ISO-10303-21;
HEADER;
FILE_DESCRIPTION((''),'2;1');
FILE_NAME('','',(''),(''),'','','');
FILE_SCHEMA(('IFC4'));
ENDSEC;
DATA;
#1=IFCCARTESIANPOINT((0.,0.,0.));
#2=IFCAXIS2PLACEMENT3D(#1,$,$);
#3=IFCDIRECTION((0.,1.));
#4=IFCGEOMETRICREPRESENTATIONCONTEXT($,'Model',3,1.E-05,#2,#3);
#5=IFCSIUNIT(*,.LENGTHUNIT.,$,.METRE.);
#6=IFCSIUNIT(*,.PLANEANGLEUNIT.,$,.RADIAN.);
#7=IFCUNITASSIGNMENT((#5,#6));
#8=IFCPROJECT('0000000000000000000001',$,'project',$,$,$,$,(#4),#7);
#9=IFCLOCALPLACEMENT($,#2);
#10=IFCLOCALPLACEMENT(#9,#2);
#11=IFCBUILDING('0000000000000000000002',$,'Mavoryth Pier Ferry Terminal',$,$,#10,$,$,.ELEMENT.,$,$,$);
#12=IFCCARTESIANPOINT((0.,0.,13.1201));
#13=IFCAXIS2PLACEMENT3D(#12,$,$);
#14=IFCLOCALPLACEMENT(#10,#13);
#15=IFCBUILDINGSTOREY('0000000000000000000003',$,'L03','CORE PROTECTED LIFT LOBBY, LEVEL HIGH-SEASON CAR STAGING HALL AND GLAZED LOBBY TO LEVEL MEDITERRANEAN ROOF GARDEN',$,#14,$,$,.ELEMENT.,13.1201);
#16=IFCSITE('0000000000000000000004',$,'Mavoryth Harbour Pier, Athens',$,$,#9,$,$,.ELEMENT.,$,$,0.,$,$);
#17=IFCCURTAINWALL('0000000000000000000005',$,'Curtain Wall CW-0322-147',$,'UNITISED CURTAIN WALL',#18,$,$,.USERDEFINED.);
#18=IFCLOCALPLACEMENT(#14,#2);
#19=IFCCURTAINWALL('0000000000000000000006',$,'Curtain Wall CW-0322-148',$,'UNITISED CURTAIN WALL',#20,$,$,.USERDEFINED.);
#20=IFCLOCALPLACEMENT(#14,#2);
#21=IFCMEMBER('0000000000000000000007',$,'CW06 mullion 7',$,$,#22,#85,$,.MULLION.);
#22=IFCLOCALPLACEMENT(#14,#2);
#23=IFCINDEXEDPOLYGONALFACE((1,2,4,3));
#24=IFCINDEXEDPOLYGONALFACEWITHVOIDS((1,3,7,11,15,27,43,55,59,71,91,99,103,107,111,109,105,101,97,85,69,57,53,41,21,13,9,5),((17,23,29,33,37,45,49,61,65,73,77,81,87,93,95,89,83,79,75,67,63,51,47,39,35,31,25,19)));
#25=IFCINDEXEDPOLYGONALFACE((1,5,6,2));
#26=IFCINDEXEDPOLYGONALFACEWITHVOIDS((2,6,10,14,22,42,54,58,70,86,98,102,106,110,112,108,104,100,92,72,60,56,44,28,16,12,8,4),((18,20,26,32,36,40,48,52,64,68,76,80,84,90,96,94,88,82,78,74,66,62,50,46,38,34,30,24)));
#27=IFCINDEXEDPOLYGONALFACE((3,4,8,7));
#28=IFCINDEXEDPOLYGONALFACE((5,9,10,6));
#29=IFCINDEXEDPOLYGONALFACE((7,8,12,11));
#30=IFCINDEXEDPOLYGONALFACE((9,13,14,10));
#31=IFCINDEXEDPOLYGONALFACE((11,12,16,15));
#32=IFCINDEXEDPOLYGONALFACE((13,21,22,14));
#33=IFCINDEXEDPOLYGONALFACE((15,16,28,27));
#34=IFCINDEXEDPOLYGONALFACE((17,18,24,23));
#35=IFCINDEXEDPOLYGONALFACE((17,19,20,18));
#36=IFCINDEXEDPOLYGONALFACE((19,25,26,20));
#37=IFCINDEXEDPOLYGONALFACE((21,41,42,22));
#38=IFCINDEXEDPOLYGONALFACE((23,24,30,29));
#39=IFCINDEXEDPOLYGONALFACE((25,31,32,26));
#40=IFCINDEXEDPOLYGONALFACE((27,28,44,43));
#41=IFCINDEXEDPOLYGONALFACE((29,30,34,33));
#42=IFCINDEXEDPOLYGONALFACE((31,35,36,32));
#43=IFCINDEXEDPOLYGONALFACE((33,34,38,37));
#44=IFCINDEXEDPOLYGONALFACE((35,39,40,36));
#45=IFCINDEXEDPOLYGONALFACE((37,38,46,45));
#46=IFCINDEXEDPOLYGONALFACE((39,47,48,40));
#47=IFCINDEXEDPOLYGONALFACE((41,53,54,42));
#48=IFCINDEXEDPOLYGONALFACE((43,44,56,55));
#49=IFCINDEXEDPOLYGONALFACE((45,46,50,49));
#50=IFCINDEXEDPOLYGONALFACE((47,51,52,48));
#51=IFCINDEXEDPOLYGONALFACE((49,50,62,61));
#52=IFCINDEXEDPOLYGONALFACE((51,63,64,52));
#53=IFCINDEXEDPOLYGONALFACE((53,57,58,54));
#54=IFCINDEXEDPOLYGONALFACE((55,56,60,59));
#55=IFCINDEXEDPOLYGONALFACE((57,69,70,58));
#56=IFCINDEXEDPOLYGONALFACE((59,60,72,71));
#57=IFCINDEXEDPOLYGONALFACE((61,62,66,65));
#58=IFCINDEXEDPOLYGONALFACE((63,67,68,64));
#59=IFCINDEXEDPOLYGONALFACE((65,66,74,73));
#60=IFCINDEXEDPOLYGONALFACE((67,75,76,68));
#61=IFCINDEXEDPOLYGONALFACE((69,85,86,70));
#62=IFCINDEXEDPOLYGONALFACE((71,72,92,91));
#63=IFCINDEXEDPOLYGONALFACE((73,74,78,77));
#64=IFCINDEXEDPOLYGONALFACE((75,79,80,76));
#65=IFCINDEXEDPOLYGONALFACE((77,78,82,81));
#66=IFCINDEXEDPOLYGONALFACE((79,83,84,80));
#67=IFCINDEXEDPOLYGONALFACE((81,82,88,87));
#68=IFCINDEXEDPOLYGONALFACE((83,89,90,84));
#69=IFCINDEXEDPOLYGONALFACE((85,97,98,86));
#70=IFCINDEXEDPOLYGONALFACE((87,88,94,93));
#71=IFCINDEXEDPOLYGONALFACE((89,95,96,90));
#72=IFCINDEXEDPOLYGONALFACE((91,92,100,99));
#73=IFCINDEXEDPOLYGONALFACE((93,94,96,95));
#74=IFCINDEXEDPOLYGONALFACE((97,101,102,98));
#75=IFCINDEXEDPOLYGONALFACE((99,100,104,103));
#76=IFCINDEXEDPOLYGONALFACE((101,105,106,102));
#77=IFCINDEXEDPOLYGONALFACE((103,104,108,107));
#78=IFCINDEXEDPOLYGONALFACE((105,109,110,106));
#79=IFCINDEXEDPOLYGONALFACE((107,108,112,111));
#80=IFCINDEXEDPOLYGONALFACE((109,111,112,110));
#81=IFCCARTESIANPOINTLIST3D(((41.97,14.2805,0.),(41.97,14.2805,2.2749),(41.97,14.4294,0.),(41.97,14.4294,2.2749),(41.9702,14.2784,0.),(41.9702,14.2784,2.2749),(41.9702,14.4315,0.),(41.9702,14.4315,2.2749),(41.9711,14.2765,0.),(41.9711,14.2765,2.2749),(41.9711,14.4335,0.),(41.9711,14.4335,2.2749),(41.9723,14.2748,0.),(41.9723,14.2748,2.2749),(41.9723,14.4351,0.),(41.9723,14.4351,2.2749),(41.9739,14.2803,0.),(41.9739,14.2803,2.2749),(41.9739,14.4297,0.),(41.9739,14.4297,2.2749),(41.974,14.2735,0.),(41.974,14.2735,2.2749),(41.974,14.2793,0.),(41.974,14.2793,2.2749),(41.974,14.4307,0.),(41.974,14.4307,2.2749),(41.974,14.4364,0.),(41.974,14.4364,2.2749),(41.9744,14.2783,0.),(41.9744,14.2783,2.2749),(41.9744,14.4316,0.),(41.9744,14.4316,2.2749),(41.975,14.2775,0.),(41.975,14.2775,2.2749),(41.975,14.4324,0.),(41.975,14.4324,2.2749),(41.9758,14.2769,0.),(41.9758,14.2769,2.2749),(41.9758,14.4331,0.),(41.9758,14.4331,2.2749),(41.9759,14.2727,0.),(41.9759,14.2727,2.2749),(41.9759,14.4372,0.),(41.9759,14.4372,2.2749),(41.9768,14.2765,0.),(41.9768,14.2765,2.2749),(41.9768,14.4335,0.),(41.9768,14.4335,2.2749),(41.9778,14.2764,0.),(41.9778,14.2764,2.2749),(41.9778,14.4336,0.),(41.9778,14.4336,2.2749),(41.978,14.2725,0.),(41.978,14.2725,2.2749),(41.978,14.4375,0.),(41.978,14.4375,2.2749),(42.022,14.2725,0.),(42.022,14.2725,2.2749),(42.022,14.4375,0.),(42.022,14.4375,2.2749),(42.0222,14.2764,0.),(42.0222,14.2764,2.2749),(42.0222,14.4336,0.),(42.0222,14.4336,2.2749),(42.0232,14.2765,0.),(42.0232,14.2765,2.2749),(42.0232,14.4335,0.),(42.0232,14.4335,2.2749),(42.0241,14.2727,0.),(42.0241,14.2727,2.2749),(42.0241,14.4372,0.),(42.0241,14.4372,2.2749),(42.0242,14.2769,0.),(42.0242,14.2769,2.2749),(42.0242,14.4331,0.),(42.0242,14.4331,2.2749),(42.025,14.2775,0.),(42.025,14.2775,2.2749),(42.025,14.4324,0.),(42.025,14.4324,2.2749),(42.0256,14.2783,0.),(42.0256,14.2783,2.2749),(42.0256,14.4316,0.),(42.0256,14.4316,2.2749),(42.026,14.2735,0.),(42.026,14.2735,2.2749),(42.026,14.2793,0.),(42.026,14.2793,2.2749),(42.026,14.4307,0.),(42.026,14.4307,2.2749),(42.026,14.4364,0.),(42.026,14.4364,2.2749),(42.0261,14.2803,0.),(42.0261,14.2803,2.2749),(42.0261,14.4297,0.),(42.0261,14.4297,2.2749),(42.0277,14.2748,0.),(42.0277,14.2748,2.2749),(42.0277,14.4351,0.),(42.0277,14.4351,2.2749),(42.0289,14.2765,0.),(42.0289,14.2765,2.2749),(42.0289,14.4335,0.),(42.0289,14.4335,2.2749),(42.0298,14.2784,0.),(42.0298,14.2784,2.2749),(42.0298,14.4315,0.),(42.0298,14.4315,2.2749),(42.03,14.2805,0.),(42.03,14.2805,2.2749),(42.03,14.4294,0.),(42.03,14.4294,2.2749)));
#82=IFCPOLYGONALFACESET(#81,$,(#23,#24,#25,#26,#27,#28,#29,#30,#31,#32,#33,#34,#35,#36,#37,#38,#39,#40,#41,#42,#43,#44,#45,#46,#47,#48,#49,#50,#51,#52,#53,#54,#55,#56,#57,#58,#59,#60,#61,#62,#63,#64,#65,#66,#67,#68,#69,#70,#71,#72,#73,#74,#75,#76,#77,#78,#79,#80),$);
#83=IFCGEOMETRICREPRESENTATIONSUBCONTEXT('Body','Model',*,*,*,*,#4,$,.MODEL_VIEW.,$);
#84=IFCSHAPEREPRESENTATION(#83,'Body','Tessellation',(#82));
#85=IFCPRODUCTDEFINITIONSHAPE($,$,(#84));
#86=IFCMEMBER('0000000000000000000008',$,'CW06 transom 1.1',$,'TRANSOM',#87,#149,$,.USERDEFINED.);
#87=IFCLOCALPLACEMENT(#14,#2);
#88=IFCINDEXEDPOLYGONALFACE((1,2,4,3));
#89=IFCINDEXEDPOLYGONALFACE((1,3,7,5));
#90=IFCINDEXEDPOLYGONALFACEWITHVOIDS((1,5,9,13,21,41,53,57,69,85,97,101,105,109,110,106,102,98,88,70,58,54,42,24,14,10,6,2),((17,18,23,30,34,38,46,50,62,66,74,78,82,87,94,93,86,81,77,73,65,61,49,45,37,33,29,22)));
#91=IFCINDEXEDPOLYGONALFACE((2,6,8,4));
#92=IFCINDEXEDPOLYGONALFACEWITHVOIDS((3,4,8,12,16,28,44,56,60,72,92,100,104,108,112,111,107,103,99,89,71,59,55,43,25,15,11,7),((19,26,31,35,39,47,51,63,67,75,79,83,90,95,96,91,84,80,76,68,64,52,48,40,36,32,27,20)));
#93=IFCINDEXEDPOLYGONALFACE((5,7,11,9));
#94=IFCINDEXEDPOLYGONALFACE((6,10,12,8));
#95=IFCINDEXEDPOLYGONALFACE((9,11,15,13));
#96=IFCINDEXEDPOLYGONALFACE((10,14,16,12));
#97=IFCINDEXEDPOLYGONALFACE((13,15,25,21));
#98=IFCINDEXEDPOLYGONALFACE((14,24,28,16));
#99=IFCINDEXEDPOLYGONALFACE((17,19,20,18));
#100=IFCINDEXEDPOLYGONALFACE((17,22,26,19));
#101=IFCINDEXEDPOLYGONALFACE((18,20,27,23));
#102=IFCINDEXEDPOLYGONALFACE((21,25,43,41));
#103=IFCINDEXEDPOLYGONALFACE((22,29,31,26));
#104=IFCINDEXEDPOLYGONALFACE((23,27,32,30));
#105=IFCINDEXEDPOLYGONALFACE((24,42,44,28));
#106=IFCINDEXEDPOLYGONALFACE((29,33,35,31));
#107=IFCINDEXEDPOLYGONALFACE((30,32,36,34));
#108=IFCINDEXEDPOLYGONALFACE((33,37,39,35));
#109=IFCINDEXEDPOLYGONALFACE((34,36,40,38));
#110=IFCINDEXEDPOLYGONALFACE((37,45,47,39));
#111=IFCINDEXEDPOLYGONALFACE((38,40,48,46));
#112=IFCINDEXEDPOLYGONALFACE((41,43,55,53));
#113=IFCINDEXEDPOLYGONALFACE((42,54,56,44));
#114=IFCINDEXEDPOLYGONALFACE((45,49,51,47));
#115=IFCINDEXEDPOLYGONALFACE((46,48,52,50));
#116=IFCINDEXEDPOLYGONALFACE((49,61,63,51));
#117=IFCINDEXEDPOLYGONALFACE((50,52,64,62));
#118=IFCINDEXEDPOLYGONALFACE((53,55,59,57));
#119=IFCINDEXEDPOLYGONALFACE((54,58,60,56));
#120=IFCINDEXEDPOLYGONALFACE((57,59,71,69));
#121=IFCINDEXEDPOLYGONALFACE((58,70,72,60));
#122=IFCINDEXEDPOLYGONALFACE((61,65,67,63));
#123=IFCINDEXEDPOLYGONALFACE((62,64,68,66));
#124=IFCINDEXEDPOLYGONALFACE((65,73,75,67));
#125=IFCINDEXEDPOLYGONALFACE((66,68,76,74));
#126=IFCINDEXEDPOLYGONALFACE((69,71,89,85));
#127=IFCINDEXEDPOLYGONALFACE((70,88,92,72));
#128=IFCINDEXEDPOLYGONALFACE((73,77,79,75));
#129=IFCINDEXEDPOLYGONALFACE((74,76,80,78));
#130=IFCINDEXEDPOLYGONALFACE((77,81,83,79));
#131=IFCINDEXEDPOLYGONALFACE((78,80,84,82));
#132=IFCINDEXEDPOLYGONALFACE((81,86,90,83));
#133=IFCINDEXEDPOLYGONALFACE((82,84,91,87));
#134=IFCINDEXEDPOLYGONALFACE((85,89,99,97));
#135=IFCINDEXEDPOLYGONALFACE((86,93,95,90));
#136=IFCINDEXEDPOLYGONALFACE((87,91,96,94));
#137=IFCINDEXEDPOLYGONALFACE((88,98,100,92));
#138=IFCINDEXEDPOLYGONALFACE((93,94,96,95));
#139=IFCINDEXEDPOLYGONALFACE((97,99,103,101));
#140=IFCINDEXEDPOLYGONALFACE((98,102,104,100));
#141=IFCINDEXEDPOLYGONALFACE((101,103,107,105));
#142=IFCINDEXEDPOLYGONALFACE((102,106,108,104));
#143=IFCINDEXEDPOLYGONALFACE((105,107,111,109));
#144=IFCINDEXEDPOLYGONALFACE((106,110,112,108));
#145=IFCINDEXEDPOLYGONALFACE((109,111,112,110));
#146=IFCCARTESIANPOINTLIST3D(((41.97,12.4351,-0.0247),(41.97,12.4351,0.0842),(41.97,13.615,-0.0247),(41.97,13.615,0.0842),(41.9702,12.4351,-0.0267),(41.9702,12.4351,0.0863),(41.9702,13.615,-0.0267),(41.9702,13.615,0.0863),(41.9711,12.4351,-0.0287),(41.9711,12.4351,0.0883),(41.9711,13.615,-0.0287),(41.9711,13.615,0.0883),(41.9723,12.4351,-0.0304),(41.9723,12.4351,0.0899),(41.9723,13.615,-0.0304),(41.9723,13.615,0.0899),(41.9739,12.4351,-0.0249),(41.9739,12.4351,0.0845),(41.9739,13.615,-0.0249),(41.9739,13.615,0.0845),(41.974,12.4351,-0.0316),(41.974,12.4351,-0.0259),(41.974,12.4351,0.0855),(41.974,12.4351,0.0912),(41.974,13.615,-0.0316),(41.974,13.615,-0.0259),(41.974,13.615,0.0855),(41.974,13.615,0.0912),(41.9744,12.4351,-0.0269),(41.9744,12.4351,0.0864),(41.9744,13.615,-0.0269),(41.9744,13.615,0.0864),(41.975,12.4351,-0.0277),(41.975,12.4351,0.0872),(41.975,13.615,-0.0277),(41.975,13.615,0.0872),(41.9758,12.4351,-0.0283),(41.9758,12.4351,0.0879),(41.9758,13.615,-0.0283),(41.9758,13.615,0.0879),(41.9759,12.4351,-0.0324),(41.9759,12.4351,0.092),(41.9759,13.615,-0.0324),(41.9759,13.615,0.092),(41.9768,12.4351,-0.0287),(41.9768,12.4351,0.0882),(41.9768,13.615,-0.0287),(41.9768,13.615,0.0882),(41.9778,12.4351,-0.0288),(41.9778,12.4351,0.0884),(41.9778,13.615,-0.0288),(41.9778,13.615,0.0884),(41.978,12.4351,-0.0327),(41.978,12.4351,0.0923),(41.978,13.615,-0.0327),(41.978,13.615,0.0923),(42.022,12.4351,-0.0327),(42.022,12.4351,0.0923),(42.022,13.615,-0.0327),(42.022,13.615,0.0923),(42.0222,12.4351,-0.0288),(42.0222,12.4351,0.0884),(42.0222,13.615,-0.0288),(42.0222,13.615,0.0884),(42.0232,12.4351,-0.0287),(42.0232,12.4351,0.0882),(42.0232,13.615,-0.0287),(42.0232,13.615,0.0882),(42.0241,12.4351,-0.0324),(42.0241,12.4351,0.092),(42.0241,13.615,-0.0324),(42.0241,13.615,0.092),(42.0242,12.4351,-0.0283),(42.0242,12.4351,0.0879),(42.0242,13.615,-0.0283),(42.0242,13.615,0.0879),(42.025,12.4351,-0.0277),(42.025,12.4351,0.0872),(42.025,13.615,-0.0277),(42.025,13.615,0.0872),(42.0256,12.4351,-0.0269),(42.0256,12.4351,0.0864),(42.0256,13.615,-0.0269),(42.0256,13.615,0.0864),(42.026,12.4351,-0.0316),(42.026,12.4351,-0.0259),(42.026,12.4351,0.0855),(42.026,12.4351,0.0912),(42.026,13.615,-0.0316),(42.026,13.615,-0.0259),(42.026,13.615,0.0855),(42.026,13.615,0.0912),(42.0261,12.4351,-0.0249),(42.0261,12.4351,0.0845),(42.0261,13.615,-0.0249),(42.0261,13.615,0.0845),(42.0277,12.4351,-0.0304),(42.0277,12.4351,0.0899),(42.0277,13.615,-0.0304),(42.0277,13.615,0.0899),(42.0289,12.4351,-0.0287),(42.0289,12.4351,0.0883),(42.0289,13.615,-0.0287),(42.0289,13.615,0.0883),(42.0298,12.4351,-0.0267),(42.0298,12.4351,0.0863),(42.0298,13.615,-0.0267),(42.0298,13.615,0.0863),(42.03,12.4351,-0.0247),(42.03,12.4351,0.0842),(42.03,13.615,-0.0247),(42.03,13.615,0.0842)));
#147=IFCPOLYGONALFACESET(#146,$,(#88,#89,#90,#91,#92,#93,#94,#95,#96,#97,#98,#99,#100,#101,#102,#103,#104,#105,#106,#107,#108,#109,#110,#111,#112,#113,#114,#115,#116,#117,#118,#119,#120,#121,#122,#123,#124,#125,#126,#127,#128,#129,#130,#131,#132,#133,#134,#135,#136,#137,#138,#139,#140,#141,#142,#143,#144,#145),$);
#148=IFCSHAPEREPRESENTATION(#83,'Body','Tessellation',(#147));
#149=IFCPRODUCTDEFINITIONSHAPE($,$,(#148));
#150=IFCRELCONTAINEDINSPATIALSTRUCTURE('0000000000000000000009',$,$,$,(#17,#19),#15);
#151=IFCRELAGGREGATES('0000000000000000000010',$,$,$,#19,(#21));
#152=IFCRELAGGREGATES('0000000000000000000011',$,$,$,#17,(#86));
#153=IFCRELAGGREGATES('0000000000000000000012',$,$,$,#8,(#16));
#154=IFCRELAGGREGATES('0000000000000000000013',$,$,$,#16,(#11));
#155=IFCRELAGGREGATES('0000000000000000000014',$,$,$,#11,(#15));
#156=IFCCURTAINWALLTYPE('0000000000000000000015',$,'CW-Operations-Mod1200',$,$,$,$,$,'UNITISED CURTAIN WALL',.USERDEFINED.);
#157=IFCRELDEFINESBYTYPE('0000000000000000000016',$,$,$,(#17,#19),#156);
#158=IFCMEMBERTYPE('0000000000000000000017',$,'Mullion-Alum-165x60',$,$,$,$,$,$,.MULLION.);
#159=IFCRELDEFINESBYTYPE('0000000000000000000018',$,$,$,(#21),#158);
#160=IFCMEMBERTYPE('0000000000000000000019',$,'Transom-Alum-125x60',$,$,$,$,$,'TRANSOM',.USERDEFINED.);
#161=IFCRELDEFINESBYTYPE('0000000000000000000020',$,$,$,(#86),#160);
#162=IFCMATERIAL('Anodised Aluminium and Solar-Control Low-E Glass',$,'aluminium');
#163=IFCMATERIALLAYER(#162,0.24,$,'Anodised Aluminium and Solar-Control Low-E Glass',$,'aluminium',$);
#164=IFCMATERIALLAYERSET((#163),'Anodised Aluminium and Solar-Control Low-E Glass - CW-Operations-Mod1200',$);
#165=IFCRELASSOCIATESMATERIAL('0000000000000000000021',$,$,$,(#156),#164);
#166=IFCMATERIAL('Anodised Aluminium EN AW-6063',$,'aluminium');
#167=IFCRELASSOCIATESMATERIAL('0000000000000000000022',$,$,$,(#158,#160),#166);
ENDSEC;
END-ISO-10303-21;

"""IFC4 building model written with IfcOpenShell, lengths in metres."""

from ifc_helpers import new_model, si_unit, direction, frame, origin, origin_2d, place, context, subcontext, project, spatial, hollow_rectangle, extrude, material, layer, layer_set, material_profile, profile_set, type_object, element, aggregate, save


model = new_model("IFC4")

# Units and contexts
model_context = context("Model", 3, precision=1e-05, world=origin(), true_north=direction((0.0, 1.0)))
body_context = subcontext(model_context, "Body", "Model", "MODEL_VIEW")
ifc_project = project(units=[si_unit("LENGTHUNIT", "METRE"), si_unit("PLANEANGLEUNIT", "RADIAN")], contexts=[model_context])

# Site, building, storey
site_placement = place(None, origin())
site = spatial("IfcSite", under=ifc_project, at=site_placement, Name="Mavoryth Harbour Pier, Athens", CompositionType="ELEMENT", RefElevation=0.0)
building_placement = place(site_placement, origin())
building = spatial("IfcBuilding", under=site, at=building_placement, Name="Mavoryth Pier Ferry Terminal", CompositionType="ELEMENT")
storey_placement = place(building_placement, frame((0.0, 0.0, 13.1201)))
storey = spatial("IfcBuildingStorey", under=building, at=storey_placement, Name="L03", Description="CORE PROTECTED LIFT LOBBY, LEVEL HIGH-SEASON CAR STAGING HALL AND GLAZED LOBBY TO LEVEL MEDITERRANEAN ROOF GARDEN", CompositionType="ELEMENT", Elevation=13.1201)

# Curtain wall
ifc_material_1 = material(Name="Anodised Aluminium and Solar-Control Low-E Glass", Category="aluminium")
ifc_layer_1 = layer(ifc_material_1, 0.24, Name="Anodised Aluminium and Solar-Control Low-E Glass", Category="aluminium")
ifc_layer_set_1 = layer_set([ifc_layer_1], Name="Anodised Aluminium and Solar-Control Low-E Glass - CW-Operations-Mod1200")
curtain_wall_type = type_object("IfcCurtainWallType", Name="CW-Operations-Mod1200", ElementType="UNITISED CURTAIN WALL", PredefinedType="USERDEFINED", material=ifc_layer_set_1)
curtain_wall_1_placement = place(storey_placement, origin())
curtain_wall_1 = element("IfcCurtainWall", 1, at=curtain_wall_1_placement, inside=storey, type_object=curtain_wall_type, Name="Curtain Wall CW-0322-147", ObjectType="UNITISED CURTAIN WALL", PredefinedType="USERDEFINED")
ifc_material_2 = material(Name="Anodised Aluminium EN AW-6063", Category="aluminium")
ifc_material_profile_1 = material_profile(ifc_material_2, hollow_rectangle(XDim=0.0601, YDim=0.165, WallThickness=0.0039, InnerFilletRadius=0.0039, OuterFilletRadius=0.0081, at=origin_2d()), Name="AL-MULL 165x60x4", Category="aluminium")
ifc_profile_set_1 = profile_set([ifc_material_profile_1], Name="Anodised Aluminium EN AW-6063 - AL-MULL 165x60x4")
member_type_1 = type_object("IfcMemberType", Name="Mullion-Alum-165x60", PredefinedType="MULLION", material=ifc_profile_set_1)

# Curtain wall, member
curtain_wall_2_placement = place(storey_placement, origin())
curtain_wall_2 = element("IfcCurtainWall", 2, at=curtain_wall_2_placement, inside=storey, type_object=curtain_wall_type, Name="Curtain Wall CW-0322-148", ObjectType="UNITISED CURTAIN WALL", PredefinedType="USERDEFINED")
member_1_placement = place(storey_placement, frame((42.0, 14.355, 0.0), z_axis=(0.0, 0.0, 1.0), x_axis=(1.0, 0.0, 0.0)))
member_1 = element("IfcMember", 3, at=member_1_placement, type_object=member_type_1, Name="CW06 mullion 7", PredefinedType="MULLION", context=body_context, shape_type="SweptSolid", body=[
    extrude(hollow_rectangle(XDim=0.0601, YDim=0.165, WallThickness=0.0039, InnerFilletRadius=0.0039, OuterFilletRadius=0.0081, at=origin_2d()), origin(), (0.0, 0.0, 1.0), 2.2749),
])

# Member
ifc_material_profile_2 = material_profile(ifc_material_2, hollow_rectangle(XDim=0.0601, YDim=0.125, WallThickness=0.0039, InnerFilletRadius=0.0039, OuterFilletRadius=0.0081, at=origin_2d()), Name="AL-TRAN 125x60x4", Category="aluminium")
ifc_profile_set_2 = profile_set([ifc_material_profile_2], Name="Anodised Aluminium EN AW-6063 - AL-TRAN 125x60x4")
member_type_2 = type_object("IfcMemberType", Name="Transom-Alum-125x60", ElementType="TRANSOM", PredefinedType="USERDEFINED", material=ifc_profile_set_2)
member_2_placement = place(storey_placement, frame((42.0, 13.615, 0.0298), z_axis=(0.0, -1.0, 0.0), x_axis=(1.0, 0.0, 0.0)))
member_2 = element("IfcMember", 4, at=member_2_placement, type_object=member_type_2, Name="CW06 transom 1.1", ObjectType="TRANSOM", PredefinedType="USERDEFINED", context=body_context, shape_type="SweptSolid", body=[
    extrude(hollow_rectangle(XDim=0.0601, YDim=0.125, WallThickness=0.0039, InnerFilletRadius=0.0039, OuterFilletRadius=0.0081, at=origin_2d()), origin(), (0.0, 0.0, 1.0), 1.1799),
])
aggregate(curtain_wall_2, [member_1])

aggregate(curtain_wall_1, [member_2])

save(model, "model.ifc")
